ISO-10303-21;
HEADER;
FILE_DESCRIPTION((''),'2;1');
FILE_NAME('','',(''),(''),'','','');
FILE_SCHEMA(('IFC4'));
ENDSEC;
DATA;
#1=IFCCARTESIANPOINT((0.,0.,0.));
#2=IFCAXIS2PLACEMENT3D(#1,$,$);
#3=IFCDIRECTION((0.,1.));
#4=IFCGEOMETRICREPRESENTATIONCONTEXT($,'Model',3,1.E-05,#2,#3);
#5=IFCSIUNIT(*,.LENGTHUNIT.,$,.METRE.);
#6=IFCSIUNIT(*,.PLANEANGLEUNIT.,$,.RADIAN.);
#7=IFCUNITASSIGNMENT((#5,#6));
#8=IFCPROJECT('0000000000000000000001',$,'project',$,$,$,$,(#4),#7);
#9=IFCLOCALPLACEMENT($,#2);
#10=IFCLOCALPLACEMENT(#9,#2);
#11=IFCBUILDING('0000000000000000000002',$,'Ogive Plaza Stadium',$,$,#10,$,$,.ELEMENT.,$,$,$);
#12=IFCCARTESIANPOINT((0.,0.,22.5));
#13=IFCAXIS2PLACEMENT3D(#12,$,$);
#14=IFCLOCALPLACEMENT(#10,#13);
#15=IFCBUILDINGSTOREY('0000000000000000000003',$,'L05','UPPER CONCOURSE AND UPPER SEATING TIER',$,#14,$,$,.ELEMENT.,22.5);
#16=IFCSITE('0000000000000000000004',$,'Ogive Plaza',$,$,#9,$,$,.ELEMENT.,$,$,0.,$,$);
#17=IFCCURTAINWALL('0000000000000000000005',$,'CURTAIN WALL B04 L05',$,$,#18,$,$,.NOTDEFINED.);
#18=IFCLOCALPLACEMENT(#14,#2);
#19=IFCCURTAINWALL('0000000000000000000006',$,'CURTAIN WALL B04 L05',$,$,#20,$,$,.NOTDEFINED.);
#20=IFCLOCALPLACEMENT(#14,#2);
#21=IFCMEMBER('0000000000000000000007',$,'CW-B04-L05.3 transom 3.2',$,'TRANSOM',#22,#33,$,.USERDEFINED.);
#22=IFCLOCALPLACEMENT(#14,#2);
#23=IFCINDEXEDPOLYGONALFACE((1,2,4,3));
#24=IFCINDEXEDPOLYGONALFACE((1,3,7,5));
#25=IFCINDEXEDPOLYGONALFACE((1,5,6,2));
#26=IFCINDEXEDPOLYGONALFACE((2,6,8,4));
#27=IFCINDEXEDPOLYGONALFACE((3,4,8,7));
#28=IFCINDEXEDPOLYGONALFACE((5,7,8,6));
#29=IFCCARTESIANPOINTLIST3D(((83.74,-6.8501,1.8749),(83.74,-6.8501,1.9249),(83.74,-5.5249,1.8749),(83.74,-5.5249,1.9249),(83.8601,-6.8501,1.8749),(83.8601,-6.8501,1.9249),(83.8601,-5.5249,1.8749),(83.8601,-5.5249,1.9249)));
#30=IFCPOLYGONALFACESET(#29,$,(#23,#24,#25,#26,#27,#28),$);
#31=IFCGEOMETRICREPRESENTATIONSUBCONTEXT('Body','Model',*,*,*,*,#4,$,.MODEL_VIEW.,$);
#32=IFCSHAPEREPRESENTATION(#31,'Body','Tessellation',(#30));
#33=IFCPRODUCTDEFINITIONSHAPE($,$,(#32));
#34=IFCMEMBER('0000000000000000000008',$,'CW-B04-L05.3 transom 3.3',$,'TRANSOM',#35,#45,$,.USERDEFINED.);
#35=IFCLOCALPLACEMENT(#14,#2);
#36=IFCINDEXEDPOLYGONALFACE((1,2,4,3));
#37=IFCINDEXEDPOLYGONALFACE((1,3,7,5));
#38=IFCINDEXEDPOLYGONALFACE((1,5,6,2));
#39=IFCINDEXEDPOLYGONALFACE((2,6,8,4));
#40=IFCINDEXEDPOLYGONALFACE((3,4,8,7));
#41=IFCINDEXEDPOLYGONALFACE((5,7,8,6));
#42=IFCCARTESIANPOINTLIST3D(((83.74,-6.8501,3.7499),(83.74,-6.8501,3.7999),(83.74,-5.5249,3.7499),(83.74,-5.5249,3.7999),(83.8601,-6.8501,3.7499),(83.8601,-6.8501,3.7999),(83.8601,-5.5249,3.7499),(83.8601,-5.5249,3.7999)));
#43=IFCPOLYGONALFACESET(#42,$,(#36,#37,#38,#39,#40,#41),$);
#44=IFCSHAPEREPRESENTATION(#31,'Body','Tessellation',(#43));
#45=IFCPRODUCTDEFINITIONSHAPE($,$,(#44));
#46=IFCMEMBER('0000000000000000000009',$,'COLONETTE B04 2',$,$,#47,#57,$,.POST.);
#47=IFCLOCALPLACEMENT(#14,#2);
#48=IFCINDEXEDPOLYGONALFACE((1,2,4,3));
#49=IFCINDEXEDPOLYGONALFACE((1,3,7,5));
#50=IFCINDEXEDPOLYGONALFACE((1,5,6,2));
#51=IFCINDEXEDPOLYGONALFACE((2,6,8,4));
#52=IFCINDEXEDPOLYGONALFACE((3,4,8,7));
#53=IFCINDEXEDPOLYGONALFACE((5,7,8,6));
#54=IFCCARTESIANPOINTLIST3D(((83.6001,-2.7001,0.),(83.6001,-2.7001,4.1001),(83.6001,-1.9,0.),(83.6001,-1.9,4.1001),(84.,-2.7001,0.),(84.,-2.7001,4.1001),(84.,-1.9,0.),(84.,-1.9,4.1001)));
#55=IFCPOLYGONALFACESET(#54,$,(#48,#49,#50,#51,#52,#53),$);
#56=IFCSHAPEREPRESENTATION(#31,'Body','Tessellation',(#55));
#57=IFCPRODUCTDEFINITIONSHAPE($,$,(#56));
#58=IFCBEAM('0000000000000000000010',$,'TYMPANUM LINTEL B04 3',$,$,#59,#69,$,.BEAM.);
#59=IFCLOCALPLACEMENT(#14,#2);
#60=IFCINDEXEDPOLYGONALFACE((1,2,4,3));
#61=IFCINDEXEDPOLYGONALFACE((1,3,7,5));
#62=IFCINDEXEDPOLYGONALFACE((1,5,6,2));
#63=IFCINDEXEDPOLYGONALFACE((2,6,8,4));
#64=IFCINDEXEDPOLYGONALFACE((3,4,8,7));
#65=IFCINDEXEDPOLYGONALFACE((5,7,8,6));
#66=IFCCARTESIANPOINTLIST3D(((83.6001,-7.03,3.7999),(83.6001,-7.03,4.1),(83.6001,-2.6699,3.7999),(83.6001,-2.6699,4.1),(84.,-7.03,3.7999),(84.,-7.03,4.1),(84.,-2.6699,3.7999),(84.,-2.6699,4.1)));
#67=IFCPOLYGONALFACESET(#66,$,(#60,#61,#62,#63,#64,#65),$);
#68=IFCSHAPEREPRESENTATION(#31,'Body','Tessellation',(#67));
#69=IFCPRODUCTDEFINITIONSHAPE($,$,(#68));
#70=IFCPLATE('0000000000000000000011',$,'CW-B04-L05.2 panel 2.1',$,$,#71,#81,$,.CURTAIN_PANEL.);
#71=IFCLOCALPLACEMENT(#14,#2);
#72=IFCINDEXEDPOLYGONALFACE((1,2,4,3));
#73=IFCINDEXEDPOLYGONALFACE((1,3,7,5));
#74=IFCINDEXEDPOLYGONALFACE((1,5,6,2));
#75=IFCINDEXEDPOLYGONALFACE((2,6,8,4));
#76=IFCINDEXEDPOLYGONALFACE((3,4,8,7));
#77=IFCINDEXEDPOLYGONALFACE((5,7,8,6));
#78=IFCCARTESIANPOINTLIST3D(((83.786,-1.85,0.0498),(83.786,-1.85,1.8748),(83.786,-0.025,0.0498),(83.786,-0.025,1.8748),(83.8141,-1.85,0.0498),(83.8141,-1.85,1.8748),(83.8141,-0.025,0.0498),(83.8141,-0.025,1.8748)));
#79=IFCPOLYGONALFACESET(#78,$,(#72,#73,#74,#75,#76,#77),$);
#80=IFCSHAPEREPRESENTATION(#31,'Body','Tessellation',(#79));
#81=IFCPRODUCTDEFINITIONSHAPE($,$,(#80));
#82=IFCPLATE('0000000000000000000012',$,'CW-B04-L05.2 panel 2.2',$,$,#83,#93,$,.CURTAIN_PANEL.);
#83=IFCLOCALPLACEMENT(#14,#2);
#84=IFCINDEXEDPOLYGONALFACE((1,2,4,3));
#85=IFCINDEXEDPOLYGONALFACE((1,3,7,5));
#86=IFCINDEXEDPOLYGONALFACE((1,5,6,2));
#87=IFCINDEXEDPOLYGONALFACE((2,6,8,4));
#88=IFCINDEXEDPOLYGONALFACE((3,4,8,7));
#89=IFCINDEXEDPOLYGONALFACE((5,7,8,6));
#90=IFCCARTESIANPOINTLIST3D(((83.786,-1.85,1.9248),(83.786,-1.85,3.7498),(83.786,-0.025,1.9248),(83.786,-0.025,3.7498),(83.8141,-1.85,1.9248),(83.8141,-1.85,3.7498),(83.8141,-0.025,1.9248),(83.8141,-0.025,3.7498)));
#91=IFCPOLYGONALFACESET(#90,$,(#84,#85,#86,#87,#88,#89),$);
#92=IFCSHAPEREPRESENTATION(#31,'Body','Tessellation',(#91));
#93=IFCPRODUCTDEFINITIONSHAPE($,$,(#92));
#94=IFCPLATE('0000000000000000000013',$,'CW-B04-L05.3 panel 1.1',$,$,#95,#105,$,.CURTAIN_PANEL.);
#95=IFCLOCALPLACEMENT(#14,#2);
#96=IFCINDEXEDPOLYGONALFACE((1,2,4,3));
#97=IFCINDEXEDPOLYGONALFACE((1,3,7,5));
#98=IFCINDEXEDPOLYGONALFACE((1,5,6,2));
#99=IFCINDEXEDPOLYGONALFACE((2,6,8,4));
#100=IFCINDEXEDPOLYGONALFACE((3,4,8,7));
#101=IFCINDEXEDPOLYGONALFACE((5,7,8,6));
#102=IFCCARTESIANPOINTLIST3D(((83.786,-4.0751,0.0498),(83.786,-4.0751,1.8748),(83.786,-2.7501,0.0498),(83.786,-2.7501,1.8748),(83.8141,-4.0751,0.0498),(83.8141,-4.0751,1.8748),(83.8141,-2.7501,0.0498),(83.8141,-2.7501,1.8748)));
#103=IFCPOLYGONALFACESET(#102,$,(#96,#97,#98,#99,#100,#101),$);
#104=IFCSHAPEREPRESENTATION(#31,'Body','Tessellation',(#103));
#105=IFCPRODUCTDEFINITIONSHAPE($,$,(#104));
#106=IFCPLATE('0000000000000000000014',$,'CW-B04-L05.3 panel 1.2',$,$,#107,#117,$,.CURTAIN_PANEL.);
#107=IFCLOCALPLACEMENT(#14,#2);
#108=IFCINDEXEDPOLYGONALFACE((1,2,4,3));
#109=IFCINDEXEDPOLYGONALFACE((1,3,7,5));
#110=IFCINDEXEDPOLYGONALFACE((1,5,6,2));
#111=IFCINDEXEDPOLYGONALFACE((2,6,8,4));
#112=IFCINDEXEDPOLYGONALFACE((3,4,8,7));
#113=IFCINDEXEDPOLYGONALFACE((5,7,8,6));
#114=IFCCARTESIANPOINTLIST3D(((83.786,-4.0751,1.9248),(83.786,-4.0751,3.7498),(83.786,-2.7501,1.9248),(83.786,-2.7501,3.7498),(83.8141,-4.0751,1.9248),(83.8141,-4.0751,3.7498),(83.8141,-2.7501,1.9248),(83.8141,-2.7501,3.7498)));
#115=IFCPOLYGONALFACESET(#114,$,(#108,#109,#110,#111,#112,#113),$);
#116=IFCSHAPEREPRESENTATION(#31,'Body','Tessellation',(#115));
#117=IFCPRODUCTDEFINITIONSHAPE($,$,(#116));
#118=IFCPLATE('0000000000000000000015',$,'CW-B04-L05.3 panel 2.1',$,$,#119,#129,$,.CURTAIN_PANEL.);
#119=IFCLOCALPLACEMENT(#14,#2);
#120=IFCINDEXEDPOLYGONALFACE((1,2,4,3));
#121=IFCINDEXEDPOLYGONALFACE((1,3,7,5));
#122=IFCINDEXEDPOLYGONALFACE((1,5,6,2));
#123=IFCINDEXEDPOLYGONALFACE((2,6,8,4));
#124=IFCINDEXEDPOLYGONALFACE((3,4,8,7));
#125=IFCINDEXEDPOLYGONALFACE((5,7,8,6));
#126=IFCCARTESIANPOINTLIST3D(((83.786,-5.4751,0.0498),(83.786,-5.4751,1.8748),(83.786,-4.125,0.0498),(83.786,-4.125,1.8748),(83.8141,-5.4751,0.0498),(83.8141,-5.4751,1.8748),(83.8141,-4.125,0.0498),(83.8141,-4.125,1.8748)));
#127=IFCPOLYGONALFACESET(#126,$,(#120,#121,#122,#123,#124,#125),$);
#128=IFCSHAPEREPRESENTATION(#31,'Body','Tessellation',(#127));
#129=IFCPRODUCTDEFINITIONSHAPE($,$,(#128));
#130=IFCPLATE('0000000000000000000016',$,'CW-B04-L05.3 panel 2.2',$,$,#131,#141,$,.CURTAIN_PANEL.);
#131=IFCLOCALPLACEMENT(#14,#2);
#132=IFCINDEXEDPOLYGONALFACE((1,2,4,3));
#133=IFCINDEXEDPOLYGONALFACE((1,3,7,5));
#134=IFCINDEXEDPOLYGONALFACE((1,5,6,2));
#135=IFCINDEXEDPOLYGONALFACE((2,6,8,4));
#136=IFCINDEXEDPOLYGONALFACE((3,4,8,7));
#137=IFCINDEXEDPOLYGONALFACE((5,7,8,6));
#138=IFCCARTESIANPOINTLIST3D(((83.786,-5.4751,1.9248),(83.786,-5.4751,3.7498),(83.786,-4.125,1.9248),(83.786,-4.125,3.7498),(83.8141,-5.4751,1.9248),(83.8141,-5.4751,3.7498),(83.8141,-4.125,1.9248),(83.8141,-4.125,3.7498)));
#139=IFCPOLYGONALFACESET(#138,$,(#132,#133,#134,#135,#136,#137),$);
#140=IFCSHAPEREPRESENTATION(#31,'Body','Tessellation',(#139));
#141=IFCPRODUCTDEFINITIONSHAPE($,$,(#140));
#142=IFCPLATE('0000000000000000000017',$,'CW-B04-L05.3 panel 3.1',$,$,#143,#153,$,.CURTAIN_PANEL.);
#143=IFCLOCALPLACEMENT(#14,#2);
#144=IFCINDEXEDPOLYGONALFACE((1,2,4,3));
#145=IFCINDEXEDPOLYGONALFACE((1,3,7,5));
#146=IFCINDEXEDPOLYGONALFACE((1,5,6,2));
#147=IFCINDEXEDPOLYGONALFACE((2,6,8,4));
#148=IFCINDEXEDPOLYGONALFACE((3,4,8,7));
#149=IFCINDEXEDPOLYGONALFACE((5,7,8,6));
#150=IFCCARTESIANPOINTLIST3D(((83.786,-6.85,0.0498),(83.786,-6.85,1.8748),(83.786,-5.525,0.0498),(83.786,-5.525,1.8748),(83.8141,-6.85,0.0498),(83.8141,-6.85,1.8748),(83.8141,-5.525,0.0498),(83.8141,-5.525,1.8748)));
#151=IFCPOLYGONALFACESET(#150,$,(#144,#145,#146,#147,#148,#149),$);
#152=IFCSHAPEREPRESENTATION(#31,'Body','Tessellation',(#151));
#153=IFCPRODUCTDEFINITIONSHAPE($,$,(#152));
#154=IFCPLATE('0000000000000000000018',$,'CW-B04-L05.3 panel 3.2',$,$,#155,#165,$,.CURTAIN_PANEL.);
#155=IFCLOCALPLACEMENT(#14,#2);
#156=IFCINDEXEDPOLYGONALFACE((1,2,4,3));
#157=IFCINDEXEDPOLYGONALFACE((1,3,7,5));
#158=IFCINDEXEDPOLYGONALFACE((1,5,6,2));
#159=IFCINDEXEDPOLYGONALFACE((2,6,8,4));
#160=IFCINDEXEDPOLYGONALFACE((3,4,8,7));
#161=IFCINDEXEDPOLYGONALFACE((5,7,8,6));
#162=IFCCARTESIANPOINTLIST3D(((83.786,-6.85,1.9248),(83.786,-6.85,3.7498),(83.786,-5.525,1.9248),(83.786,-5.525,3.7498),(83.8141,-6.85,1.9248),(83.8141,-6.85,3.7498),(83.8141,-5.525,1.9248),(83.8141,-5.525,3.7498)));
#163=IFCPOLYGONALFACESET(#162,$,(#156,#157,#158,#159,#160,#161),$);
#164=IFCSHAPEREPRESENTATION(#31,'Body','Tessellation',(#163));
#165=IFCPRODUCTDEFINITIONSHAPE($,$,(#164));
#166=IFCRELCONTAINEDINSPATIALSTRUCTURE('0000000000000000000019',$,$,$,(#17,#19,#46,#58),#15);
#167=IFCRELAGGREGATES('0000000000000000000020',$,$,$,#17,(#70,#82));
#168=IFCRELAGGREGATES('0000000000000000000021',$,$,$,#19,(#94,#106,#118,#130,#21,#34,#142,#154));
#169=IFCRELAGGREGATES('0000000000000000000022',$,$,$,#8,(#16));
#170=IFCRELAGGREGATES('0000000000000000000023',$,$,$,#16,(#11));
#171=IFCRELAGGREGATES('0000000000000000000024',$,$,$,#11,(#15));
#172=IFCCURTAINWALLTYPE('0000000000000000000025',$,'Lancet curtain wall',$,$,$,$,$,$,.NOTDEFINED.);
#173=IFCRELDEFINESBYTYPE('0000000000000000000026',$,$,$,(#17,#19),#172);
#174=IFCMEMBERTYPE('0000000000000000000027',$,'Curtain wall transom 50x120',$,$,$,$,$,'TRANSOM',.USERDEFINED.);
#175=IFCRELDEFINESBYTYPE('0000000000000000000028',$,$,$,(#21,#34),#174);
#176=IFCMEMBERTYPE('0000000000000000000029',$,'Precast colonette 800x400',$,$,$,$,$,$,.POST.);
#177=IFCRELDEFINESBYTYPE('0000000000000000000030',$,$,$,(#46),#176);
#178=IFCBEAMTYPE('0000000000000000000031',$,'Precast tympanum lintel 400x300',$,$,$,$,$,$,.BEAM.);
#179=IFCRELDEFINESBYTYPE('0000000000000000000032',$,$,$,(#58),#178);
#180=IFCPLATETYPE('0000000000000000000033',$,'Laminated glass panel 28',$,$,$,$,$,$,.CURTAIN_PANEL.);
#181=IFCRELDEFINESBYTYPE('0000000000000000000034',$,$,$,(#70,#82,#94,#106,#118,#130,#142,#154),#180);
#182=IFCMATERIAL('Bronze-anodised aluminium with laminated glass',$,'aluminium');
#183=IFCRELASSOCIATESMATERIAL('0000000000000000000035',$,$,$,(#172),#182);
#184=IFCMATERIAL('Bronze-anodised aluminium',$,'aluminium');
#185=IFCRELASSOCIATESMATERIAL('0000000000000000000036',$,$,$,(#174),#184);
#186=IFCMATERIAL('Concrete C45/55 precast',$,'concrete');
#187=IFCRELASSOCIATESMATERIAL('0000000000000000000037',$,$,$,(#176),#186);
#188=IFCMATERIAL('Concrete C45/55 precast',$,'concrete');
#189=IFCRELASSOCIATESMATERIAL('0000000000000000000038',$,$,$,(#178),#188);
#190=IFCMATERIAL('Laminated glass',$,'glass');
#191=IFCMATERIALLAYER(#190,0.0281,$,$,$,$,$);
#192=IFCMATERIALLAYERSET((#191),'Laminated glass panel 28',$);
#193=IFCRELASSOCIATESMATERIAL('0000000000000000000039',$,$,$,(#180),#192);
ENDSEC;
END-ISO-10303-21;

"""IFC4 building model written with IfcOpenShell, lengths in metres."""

from ifc_helpers import new_model, si_unit, direction, frame, origin, origin_2d, place, context, subcontext, project, spatial, rectangle, extrude, material, layer, layer_set, material_profile, profile_set, type_object, element, aggregate, save


model = new_model("IFC4")

# Units and contexts
model_context = context("Model", 3, precision=1e-05, world=origin(), true_north=direction((0.0, 1.0)))
body_context = subcontext(model_context, "Body", "Model", "MODEL_VIEW")
ifc_project = project(units=[si_unit("LENGTHUNIT", "METRE"), si_unit("PLANEANGLEUNIT", "RADIAN")], contexts=[model_context])

# Site, building, storey
site_placement = place(None, origin())
site = spatial("IfcSite", under=ifc_project, at=site_placement, Name="Ogive Plaza", CompositionType="ELEMENT", RefElevation=0.0)
building_placement = place(site_placement, origin())
building = spatial("IfcBuilding", under=site, at=building_placement, Name="Ogive Plaza Stadium", CompositionType="ELEMENT")
storey_placement = place(building_placement, frame((0.0, 0.0, 22.5)))
storey = spatial("IfcBuildingStorey", under=building, at=storey_placement, Name="L05", Description="UPPER CONCOURSE AND UPPER SEATING TIER", CompositionType="ELEMENT", Elevation=22.5)

# Curtain walls
ifc_material_1 = material(Name="Bronze-anodised aluminium with laminated glass", Category="aluminium")
curtain_wall_type = type_object("IfcCurtainWallType", Name="Lancet curtain wall", PredefinedType="NOTDEFINED", material=ifc_material_1)
curtain_wall_1_placement = place(storey_placement, origin())
curtain_wall_1 = element("IfcCurtainWall", 1, at=curtain_wall_1_placement, inside=storey, type_object=curtain_wall_type, Name="CURTAIN WALL B04 L05", PredefinedType="NOTDEFINED")
curtain_wall_2_placement = place(storey_placement, origin())
curtain_wall_2 = element("IfcCurtainWall", 2, at=curtain_wall_2_placement, inside=storey, type_object=curtain_wall_type, Name="CURTAIN WALL B04 L05", PredefinedType="NOTDEFINED")

# Members
ifc_material_2 = material(Name="Bronze-anodised aluminium", Category="aluminium")
ifc_material_profile_1 = material_profile(ifc_material_2, rectangle(XDim=0.1201, YDim=0.05, at=origin_2d()), Name="AL 120x50")
ifc_profile_set_1 = profile_set([ifc_material_profile_1], Name="Bronze-anodised aluminium")
member_type_1 = type_object("IfcMemberType", Name="Curtain wall transom 50x120", ElementType="TRANSOM", PredefinedType="USERDEFINED", material=ifc_profile_set_1)
member_1_placement = place(storey_placement, frame((83.8, -5.5249, 1.8999), z_axis=(0.0, -1.0, 0.0), x_axis=(1.0, 0.0, 0.0)))
member_1 = element("IfcMember", 3, at=member_1_placement, type_object=member_type_1, Name="CW-B04-L05.3 transom 3.2", ObjectType="TRANSOM", PredefinedType="USERDEFINED", context=body_context, shape_type="SweptSolid", body=[
    extrude(rectangle(XDim=0.1201, YDim=0.05, at=origin_2d()), origin(), (0.0, 0.0, 1.0), 1.3252),
])
member_2_placement = place(storey_placement, frame((83.8, -5.5249, 3.7749), z_axis=(0.0, -1.0, 0.0), x_axis=(1.0, 0.0, 0.0)))
member_2 = element("IfcMember", 4, at=member_2_placement, type_object=member_type_1, Name="CW-B04-L05.3 transom 3.3", ObjectType="TRANSOM", PredefinedType="USERDEFINED", context=body_context, shape_type="SweptSolid", body=[
    extrude(rectangle(XDim=0.1201, YDim=0.05, at=origin_2d()), origin(), (0.0, 0.0, 1.0), 1.3252),
])
ifc_material_3 = material(Name="Concrete C45/55 precast", Category="concrete")
ifc_material_profile_2 = material_profile(ifc_material_3, rectangle(XDim=0.3999, YDim=0.8, at=origin_2d()), Name="RC 400x800")
ifc_profile_set_2 = profile_set([ifc_material_profile_2], Name="Concrete C45/55 precast")
member_type_2 = type_object("IfcMemberType", Name="Precast colonette 800x400", PredefinedType="POST", material=ifc_profile_set_2)
member_3_placement = place(storey_placement, frame((83.8, -2.3, 0.0), z_axis=(0.0, 0.0, 1.0), x_axis=(1.0, 0.0, 0.0)))
element("IfcMember", 5, at=member_3_placement, inside=storey, type_object=member_type_2, Name="COLONETTE B04 2", PredefinedType="POST", context=body_context, shape_type="SweptSolid", body=[
    extrude(rectangle(XDim=0.3999, YDim=0.8, at=origin_2d()), origin(), (0.0, 0.0, 1.0), 4.1001),
])

# Beam
ifc_material_4 = material(Name="Concrete C45/55 precast", Category="concrete")
ifc_material_profile_3 = material_profile(ifc_material_4, rectangle(XDim=0.3999, YDim=0.3, at=origin_2d()), Name="RC 400x300")
ifc_profile_set_3 = profile_set([ifc_material_profile_3], Name="Concrete C45/55 precast")
beam_type = type_object("IfcBeamType", Name="Precast tympanum lintel 400x300", PredefinedType="BEAM", material=ifc_profile_set_3)
beam_placement = place(storey_placement, frame((83.8, -2.6699, 3.95), z_axis=(0.0, -1.0, 0.0), x_axis=(1.0, 0.0, 0.0)))
element("IfcBeam", 6, at=beam_placement, inside=storey, type_object=beam_type, Name="TYMPANUM LINTEL B04 3", PredefinedType="BEAM", context=body_context, shape_type="SweptSolid", body=[
    extrude(rectangle(XDim=0.3999, YDim=0.3, at=origin_2d()), origin(), (0.0, 0.0, 1.0), 4.3601),
])

# Plates
ifc_material_5 = material(Name="Laminated glass", Category="glass")
ifc_layer_1 = layer(ifc_material_5, 0.0281)
ifc_layer_set_1 = layer_set([ifc_layer_1], Name="Laminated glass panel 28")
plate_type = type_object("IfcPlateType", Name="Laminated glass panel 28", PredefinedType="CURTAIN_PANEL", material=ifc_layer_set_1)
plate_1_placement = place(storey_placement, frame((83.8, -0.9375, 0.0498), z_axis=(0.0, 0.0, 1.0), x_axis=(0.0, -1.0, 0.0)))
plate_1 = element("IfcPlate", 7, at=plate_1_placement, type_object=plate_type, Name="CW-B04-L05.2 panel 2.1", PredefinedType="CURTAIN_PANEL", context=body_context, shape_type="SweptSolid", body=[
    extrude(rectangle(XDim=1.825, YDim=0.0281, at=origin_2d()), origin(), (0.0, 0.0, 1.0), 1.825),
])
plate_2_placement = place(storey_placement, frame((83.8, -0.9375, 1.9248), z_axis=(0.0, 0.0, 1.0), x_axis=(0.0, -1.0, 0.0)))
plate_2 = element("IfcPlate", 8, at=plate_2_placement, type_object=plate_type, Name="CW-B04-L05.2 panel 2.2", PredefinedType="CURTAIN_PANEL", context=body_context, shape_type="SweptSolid", body=[
    extrude(rectangle(XDim=1.825, YDim=0.0281, at=origin_2d()), origin(), (0.0, 0.0, 1.0), 1.825),
])
aggregate(curtain_wall_1, [plate_1, plate_2])
plate_3_placement = place(storey_placement, frame((83.8, -3.4126, 0.0498), z_axis=(0.0, 0.0, 1.0), x_axis=(0.0, -1.0, 0.0)))
plate_3 = element("IfcPlate", 9, at=plate_3_placement, type_object=plate_type, Name="CW-B04-L05.3 panel 1.1", PredefinedType="CURTAIN_PANEL", context=body_context, shape_type="SweptSolid", body=[
    extrude(rectangle(XDim=1.325, YDim=0.0281, at=origin_2d()), origin(), (0.0, 0.0, 1.0), 1.825),
])
plate_4_placement = place(storey_placement, frame((83.8, -3.4126, 1.9248), z_axis=(0.0, 0.0, 1.0), x_axis=(0.0, -1.0, 0.0)))
plate_4 = element("IfcPlate", 10, at=plate_4_placement, type_object=plate_type, Name="CW-B04-L05.3 panel 1.2", PredefinedType="CURTAIN_PANEL", context=body_context, shape_type="SweptSolid", body=[
    extrude(rectangle(XDim=1.325, YDim=0.0281, at=origin_2d()), origin(), (0.0, 0.0, 1.0), 1.825),
])
plate_5_placement = place(storey_placement, frame((83.8, -4.8, 0.0498), z_axis=(0.0, 0.0, 1.0), x_axis=(0.0, -1.0, 0.0)))
plate_5 = element("IfcPlate", 11, at=plate_5_placement, type_object=plate_type, Name="CW-B04-L05.3 panel 2.1", PredefinedType="CURTAIN_PANEL", context=body_context, shape_type="SweptSolid", body=[
    extrude(rectangle(XDim=1.3501, YDim=0.0281, at=origin_2d()), origin(), (0.0, 0.0, 1.0), 1.825),
])
plate_6_placement = place(storey_placement, frame((83.8, -4.8, 1.9248), z_axis=(0.0, 0.0, 1.0), x_axis=(0.0, -1.0, 0.0)))
plate_6 = element("IfcPlate", 12, at=plate_6_placement, type_object=plate_type, Name="CW-B04-L05.3 panel 2.2", PredefinedType="CURTAIN_PANEL", context=body_context, shape_type="SweptSolid", body=[
    extrude(rectangle(XDim=1.3501, YDim=0.0281, at=origin_2d()), origin(), (0.0, 0.0, 1.0), 1.825),
])
plate_7_placement = place(storey_placement, frame((83.8, -6.1875, 0.0498), z_axis=(0.0, 0.0, 1.0), x_axis=(0.0, -1.0, 0.0)))
plate_7 = element("IfcPlate", 13, at=plate_7_placement, type_object=plate_type, Name="CW-B04-L05.3 panel 3.1", PredefinedType="CURTAIN_PANEL", context=body_context, shape_type="SweptSolid", body=[
    extrude(rectangle(XDim=1.325, YDim=0.0281, at=origin_2d()), origin(), (0.0, 0.0, 1.0), 1.825),
])
plate_8_placement = place(storey_placement, frame((83.8, -6.1875, 1.9248), z_axis=(0.0, 0.0, 1.0), x_axis=(0.0, -1.0, 0.0)))
plate_8 = element("IfcPlate", 14, at=plate_8_placement, type_object=plate_type, Name="CW-B04-L05.3 panel 3.2", PredefinedType="CURTAIN_PANEL", context=body_context, shape_type="SweptSolid", body=[
    extrude(rectangle(XDim=1.325, YDim=0.0281, at=origin_2d()), origin(), (0.0, 0.0, 1.0), 1.825),
])
aggregate(curtain_wall_2, [plate_3, plate_4, plate_5, plate_6, member_1, member_2, plate_7, plate_8])

save(model, "model.ifc")
